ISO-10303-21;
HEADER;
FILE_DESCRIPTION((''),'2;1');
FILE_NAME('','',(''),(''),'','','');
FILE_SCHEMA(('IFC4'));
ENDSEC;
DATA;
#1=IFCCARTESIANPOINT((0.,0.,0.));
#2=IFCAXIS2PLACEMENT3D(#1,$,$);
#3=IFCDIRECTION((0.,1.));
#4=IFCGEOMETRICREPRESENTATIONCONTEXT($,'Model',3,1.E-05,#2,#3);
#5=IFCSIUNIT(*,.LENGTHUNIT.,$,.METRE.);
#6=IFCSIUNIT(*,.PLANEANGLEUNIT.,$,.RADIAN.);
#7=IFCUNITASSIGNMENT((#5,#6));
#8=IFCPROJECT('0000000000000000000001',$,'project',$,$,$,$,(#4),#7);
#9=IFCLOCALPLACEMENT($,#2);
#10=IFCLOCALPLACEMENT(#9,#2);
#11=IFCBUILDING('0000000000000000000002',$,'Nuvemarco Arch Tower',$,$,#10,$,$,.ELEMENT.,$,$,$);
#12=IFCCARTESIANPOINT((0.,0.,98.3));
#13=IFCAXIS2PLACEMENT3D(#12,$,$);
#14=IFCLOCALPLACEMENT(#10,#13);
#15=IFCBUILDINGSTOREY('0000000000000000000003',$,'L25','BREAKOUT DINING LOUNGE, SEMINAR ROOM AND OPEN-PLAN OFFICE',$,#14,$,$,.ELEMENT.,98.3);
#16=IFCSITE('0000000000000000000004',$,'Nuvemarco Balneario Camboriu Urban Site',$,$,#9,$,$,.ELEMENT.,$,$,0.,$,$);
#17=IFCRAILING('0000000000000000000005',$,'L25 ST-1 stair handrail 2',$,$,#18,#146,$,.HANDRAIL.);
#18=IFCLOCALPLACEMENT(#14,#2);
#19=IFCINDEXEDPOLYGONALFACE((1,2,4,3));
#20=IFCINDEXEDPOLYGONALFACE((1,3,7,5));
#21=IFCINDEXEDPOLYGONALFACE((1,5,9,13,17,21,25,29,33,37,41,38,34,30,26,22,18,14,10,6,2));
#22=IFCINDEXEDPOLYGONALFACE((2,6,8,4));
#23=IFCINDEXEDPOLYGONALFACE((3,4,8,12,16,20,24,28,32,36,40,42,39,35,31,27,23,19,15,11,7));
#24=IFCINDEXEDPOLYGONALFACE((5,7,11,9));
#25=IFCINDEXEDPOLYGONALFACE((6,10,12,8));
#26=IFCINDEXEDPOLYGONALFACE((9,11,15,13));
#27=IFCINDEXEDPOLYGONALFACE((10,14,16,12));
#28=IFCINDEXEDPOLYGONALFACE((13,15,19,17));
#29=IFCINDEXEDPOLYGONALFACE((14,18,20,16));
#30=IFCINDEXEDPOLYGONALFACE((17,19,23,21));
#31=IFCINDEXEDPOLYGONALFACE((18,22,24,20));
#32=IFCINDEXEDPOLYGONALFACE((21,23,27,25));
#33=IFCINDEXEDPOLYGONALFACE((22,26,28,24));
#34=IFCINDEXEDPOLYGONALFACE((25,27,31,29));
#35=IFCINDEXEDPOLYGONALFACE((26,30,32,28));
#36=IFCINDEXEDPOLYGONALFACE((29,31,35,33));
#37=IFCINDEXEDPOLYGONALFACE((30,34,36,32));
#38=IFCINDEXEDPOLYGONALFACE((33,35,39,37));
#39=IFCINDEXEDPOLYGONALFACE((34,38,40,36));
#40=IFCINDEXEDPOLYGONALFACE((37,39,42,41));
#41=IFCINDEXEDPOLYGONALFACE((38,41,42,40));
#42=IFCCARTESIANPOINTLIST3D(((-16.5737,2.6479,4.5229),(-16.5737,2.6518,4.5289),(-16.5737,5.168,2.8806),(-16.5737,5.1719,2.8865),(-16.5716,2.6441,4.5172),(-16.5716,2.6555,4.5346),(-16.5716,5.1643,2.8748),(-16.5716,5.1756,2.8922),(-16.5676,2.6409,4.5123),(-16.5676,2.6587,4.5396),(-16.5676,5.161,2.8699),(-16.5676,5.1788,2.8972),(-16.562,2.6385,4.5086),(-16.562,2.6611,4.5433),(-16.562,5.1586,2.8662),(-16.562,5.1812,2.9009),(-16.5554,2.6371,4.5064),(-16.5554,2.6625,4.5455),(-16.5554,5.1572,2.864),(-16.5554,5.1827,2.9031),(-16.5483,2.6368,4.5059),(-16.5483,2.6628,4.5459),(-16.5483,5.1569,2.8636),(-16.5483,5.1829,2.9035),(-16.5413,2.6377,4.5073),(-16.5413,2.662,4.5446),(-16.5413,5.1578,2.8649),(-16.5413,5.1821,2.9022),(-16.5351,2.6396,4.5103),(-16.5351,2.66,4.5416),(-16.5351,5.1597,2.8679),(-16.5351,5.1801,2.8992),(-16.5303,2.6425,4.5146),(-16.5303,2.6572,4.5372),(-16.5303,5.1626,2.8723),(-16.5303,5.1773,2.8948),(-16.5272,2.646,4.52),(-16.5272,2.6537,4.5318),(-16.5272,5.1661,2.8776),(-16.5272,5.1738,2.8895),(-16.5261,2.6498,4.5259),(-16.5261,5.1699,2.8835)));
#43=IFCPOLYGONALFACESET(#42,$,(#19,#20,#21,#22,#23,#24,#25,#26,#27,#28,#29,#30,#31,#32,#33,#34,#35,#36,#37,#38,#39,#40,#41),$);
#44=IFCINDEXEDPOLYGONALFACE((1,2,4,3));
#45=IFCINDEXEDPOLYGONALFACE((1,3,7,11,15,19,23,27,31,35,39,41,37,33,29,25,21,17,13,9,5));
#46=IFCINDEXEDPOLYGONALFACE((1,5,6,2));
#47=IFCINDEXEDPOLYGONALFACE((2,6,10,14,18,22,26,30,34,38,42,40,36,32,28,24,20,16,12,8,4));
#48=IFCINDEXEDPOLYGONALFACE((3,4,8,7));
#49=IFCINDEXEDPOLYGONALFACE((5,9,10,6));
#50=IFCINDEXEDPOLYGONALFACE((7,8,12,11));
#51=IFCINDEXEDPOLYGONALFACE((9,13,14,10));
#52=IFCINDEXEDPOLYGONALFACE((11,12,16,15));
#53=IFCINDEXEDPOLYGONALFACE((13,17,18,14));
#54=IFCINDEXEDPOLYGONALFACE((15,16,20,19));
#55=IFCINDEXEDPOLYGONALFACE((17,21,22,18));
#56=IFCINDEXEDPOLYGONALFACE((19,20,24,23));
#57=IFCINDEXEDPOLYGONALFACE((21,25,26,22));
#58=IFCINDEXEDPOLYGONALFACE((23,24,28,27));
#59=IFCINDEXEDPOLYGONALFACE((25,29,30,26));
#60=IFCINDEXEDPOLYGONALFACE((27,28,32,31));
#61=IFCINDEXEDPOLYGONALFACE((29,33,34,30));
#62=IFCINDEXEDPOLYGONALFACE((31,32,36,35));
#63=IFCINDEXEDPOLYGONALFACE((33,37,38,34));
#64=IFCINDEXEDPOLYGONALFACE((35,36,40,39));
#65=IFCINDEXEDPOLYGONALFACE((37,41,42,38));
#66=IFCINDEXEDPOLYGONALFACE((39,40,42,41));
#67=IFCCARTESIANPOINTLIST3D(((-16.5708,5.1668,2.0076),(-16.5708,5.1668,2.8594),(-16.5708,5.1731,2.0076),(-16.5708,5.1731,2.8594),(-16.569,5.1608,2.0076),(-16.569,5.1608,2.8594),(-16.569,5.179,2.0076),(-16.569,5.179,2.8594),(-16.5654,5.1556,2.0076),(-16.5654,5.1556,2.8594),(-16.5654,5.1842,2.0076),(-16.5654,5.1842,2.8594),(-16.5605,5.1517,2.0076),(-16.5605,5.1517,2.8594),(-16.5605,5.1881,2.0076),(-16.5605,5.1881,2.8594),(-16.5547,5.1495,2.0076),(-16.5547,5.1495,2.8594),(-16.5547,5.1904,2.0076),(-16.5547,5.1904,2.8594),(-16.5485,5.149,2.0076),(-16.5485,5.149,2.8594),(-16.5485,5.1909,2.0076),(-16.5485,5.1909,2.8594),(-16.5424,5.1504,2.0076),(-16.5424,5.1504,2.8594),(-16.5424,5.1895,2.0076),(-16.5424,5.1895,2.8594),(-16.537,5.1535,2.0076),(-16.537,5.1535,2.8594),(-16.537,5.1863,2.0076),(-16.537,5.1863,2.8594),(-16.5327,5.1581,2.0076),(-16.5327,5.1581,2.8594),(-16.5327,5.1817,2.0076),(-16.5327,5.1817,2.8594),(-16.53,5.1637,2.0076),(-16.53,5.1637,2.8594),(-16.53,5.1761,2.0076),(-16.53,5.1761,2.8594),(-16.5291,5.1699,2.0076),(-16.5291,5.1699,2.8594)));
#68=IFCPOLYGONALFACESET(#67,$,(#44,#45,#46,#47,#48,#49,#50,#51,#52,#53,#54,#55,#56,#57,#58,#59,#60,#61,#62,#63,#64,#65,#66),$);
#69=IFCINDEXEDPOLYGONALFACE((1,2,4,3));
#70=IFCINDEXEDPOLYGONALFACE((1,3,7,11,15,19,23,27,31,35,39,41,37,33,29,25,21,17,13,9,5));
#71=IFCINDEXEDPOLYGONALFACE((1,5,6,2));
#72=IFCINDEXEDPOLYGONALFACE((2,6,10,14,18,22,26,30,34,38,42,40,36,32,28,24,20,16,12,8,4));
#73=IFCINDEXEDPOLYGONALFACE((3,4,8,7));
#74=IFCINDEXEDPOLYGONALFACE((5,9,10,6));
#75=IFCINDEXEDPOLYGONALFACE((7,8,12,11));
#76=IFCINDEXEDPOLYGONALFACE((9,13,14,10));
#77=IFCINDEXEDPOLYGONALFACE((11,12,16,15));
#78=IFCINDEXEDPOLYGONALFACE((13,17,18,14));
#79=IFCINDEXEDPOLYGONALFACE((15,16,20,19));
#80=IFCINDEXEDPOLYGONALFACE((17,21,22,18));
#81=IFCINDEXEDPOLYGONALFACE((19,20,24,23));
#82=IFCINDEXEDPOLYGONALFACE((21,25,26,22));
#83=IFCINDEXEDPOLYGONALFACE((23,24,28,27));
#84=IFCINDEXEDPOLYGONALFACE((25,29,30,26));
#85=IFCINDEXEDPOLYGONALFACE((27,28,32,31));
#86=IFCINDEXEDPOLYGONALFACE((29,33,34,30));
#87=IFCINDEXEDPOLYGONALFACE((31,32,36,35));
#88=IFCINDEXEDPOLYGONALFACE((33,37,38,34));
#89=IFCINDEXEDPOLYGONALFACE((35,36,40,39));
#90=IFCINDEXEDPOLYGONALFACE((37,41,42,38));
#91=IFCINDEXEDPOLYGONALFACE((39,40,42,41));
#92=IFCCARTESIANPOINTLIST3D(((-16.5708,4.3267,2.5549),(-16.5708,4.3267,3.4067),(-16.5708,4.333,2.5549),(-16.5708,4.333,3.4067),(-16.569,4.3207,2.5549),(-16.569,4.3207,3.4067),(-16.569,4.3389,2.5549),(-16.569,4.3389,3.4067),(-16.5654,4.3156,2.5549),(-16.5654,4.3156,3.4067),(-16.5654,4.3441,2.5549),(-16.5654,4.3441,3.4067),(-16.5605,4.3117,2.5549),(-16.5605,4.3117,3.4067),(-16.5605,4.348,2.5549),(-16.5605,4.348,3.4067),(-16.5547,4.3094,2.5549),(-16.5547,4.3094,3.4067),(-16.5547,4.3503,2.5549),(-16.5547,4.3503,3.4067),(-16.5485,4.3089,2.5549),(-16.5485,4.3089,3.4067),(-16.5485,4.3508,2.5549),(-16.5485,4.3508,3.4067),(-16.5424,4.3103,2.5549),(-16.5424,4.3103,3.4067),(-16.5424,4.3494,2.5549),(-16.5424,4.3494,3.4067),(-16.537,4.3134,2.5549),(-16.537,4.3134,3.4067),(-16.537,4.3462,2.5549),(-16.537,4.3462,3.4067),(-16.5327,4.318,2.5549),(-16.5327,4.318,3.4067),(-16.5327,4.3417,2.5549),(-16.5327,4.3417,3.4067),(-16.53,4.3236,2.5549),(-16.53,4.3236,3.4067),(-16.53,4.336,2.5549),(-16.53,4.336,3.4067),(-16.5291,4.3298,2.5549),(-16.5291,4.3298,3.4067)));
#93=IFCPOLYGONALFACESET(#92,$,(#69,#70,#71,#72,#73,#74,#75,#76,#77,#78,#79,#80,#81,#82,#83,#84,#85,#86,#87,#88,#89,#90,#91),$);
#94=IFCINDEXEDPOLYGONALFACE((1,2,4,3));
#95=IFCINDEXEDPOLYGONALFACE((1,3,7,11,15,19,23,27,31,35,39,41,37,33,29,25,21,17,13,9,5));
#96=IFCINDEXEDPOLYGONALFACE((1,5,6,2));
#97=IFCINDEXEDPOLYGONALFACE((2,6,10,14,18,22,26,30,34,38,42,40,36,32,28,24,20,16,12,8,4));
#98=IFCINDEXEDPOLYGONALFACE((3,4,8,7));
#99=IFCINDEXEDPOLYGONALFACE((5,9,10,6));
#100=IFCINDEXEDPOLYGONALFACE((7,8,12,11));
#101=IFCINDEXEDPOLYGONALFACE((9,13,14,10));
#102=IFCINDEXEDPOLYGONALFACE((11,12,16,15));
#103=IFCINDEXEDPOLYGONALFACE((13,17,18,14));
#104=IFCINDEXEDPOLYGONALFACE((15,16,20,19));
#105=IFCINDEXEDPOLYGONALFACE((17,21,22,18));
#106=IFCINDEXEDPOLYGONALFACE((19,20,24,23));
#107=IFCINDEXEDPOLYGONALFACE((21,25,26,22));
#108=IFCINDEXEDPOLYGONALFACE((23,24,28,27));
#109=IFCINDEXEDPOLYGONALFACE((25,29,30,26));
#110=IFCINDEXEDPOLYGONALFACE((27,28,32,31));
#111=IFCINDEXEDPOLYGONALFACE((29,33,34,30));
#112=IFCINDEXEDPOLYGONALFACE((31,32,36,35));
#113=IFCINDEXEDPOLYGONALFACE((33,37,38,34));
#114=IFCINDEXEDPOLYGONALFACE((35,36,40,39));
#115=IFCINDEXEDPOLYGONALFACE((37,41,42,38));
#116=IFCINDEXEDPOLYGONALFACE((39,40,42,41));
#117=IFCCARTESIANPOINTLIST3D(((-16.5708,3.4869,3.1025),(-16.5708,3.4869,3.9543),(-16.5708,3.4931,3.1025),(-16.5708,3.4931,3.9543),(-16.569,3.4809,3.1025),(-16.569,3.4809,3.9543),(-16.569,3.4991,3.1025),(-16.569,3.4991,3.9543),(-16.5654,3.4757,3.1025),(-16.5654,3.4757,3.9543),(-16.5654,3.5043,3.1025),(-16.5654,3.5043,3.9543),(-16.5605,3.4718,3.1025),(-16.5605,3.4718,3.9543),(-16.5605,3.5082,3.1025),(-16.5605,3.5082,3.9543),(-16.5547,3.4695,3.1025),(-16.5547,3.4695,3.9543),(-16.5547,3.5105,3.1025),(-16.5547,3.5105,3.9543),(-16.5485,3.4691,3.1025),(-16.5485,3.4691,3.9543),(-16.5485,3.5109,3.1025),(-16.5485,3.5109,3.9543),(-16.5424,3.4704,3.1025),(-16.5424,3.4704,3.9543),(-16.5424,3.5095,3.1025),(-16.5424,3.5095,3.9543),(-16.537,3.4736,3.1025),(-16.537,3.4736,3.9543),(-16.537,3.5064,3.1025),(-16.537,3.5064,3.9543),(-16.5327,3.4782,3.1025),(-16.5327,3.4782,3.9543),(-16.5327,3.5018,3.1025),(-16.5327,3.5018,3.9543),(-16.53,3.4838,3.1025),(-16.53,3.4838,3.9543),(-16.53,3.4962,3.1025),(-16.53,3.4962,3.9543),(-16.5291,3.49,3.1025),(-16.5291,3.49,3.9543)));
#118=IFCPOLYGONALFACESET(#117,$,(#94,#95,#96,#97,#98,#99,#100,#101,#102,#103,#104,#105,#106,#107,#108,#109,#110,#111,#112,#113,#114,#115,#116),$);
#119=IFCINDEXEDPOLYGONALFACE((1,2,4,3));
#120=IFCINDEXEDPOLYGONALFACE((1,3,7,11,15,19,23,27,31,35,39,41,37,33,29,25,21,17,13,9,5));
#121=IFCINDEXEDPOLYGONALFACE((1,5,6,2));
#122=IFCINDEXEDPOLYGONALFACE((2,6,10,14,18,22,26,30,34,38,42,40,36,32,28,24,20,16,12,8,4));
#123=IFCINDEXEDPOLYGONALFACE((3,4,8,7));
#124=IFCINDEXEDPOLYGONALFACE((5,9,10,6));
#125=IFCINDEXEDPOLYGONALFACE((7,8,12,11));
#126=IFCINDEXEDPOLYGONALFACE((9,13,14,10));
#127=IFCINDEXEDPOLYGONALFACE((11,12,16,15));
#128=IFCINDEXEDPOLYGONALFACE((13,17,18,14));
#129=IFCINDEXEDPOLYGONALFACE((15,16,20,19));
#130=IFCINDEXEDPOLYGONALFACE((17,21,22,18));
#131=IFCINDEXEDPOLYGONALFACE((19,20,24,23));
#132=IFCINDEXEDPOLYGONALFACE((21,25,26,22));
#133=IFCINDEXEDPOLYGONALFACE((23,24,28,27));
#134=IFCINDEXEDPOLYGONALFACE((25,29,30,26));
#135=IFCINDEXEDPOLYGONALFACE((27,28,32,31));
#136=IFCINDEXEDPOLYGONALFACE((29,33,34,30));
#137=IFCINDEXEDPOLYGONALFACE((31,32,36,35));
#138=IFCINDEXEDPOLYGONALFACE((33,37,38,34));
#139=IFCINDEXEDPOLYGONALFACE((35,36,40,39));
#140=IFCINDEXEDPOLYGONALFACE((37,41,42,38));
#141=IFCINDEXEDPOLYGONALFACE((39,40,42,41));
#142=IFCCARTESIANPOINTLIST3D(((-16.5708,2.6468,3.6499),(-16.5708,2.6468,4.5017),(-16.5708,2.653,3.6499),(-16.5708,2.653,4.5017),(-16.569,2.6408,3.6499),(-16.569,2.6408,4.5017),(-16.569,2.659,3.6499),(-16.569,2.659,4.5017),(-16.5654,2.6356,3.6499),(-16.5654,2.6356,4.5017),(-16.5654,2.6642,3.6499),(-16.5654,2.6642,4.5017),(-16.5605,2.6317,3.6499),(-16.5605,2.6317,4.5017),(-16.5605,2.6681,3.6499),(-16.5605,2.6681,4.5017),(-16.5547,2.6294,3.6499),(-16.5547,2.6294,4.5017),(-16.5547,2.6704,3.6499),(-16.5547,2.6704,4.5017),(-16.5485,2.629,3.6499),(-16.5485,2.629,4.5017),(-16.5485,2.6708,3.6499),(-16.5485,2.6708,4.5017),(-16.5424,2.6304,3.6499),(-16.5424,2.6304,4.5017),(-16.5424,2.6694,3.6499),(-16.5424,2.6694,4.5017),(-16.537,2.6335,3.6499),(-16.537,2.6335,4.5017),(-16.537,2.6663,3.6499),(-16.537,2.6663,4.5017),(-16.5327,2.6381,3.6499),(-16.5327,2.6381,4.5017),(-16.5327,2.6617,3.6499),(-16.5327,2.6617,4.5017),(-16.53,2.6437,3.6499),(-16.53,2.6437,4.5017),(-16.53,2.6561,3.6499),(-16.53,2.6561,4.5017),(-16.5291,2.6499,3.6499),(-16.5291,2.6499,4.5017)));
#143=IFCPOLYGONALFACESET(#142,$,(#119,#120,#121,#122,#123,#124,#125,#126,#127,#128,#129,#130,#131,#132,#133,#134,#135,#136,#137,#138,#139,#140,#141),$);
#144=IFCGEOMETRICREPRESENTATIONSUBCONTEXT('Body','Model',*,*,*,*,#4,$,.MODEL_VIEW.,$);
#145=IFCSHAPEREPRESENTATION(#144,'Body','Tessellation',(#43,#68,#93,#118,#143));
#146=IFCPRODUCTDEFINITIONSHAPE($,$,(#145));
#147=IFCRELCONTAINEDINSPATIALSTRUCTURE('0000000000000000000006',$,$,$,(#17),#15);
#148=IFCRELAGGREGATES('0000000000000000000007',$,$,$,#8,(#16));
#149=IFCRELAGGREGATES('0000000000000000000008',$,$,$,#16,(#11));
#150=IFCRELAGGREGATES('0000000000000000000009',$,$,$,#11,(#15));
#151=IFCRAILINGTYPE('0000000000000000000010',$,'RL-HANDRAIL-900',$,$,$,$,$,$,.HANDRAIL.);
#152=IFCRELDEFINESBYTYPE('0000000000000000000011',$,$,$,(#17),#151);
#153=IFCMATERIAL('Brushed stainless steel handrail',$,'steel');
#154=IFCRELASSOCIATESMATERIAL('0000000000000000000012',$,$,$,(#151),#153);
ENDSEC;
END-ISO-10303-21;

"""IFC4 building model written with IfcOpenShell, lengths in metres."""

from ifc_helpers import new_model, si_unit, direction, frame, origin, origin_2d, place, context, subcontext, project, spatial, circle, extrude, material, type_object, element, save


model = new_model("IFC4")

# Units and contexts
model_context = context("Model", 3, precision=1e-05, world=origin(), true_north=direction((0.0, 1.0)))
body_context = subcontext(model_context, "Body", "Model", "MODEL_VIEW")
ifc_project = project(units=[si_unit("LENGTHUNIT", "METRE"), si_unit("PLANEANGLEUNIT", "RADIAN")], contexts=[model_context])

# Site, building, storey
site_placement = place(None, origin())
site = spatial("IfcSite", under=ifc_project, at=site_placement, Name="Nuvemarco Balneario Camboriu Urban Site", CompositionType="ELEMENT", RefElevation=0.0)
building_placement = place(site_placement, origin())
building = spatial("IfcBuilding", under=site, at=building_placement, Name="Nuvemarco Arch Tower", CompositionType="ELEMENT")
storey_placement = place(building_placement, frame((0.0, 0.0, 98.3)))
storey = spatial("IfcBuildingStorey", under=building, at=storey_placement, Name="L25", Description="BREAKOUT DINING LOUNGE, SEMINAR ROOM AND OPEN-PLAN OFFICE", CompositionType="ELEMENT", Elevation=98.3)

# Railing
ifc_material_1 = material(Name="Brushed stainless steel handrail", Category="steel")
railing_type_1 = type_object("IfcRailingType", Name="RL-HANDRAIL-900", PredefinedType="HANDRAIL", material=ifc_material_1)
railing_1_placement = place(storey_placement, frame((-16.55, 5.1699, 2.0076)))
element("IfcRailing", 1, at=railing_1_placement, inside=storey, type_object=railing_type_1, Name="L25 ST-1 stair handrail 2", PredefinedType="HANDRAIL", context=body_context, shape_type="SweptSolid", body=[
    extrude(circle(Radius=0.0239, at=origin_2d()), frame((0.0, 0.0, 0.876), z_axis=(0.0, -0.837787, 0.545998), x_axis=(1.0, 0.0, 0.0)), (0.0, 0.0, 1.0), 3.0081),
    extrude(circle(Radius=0.021, at=origin_2d()), origin(), (0.0, 0.0, 1.0), 0.8518),
    extrude(circle(Radius=0.021, at=origin_2d()), frame((0.0, -0.8401, 0.5474)), (0.0, 0.0, 1.0), 0.8518),
    extrude(circle(Radius=0.021, at=origin_2d()), frame((0.0, -1.6799, 1.095)), (0.0, 0.0, 1.0), 0.8518),
    extrude(circle(Radius=0.021, at=origin_2d()), frame((0.0, -2.52, 1.6423)), (0.0, 0.0, 1.0), 0.8518),
])

save(model, "model.ifc")
